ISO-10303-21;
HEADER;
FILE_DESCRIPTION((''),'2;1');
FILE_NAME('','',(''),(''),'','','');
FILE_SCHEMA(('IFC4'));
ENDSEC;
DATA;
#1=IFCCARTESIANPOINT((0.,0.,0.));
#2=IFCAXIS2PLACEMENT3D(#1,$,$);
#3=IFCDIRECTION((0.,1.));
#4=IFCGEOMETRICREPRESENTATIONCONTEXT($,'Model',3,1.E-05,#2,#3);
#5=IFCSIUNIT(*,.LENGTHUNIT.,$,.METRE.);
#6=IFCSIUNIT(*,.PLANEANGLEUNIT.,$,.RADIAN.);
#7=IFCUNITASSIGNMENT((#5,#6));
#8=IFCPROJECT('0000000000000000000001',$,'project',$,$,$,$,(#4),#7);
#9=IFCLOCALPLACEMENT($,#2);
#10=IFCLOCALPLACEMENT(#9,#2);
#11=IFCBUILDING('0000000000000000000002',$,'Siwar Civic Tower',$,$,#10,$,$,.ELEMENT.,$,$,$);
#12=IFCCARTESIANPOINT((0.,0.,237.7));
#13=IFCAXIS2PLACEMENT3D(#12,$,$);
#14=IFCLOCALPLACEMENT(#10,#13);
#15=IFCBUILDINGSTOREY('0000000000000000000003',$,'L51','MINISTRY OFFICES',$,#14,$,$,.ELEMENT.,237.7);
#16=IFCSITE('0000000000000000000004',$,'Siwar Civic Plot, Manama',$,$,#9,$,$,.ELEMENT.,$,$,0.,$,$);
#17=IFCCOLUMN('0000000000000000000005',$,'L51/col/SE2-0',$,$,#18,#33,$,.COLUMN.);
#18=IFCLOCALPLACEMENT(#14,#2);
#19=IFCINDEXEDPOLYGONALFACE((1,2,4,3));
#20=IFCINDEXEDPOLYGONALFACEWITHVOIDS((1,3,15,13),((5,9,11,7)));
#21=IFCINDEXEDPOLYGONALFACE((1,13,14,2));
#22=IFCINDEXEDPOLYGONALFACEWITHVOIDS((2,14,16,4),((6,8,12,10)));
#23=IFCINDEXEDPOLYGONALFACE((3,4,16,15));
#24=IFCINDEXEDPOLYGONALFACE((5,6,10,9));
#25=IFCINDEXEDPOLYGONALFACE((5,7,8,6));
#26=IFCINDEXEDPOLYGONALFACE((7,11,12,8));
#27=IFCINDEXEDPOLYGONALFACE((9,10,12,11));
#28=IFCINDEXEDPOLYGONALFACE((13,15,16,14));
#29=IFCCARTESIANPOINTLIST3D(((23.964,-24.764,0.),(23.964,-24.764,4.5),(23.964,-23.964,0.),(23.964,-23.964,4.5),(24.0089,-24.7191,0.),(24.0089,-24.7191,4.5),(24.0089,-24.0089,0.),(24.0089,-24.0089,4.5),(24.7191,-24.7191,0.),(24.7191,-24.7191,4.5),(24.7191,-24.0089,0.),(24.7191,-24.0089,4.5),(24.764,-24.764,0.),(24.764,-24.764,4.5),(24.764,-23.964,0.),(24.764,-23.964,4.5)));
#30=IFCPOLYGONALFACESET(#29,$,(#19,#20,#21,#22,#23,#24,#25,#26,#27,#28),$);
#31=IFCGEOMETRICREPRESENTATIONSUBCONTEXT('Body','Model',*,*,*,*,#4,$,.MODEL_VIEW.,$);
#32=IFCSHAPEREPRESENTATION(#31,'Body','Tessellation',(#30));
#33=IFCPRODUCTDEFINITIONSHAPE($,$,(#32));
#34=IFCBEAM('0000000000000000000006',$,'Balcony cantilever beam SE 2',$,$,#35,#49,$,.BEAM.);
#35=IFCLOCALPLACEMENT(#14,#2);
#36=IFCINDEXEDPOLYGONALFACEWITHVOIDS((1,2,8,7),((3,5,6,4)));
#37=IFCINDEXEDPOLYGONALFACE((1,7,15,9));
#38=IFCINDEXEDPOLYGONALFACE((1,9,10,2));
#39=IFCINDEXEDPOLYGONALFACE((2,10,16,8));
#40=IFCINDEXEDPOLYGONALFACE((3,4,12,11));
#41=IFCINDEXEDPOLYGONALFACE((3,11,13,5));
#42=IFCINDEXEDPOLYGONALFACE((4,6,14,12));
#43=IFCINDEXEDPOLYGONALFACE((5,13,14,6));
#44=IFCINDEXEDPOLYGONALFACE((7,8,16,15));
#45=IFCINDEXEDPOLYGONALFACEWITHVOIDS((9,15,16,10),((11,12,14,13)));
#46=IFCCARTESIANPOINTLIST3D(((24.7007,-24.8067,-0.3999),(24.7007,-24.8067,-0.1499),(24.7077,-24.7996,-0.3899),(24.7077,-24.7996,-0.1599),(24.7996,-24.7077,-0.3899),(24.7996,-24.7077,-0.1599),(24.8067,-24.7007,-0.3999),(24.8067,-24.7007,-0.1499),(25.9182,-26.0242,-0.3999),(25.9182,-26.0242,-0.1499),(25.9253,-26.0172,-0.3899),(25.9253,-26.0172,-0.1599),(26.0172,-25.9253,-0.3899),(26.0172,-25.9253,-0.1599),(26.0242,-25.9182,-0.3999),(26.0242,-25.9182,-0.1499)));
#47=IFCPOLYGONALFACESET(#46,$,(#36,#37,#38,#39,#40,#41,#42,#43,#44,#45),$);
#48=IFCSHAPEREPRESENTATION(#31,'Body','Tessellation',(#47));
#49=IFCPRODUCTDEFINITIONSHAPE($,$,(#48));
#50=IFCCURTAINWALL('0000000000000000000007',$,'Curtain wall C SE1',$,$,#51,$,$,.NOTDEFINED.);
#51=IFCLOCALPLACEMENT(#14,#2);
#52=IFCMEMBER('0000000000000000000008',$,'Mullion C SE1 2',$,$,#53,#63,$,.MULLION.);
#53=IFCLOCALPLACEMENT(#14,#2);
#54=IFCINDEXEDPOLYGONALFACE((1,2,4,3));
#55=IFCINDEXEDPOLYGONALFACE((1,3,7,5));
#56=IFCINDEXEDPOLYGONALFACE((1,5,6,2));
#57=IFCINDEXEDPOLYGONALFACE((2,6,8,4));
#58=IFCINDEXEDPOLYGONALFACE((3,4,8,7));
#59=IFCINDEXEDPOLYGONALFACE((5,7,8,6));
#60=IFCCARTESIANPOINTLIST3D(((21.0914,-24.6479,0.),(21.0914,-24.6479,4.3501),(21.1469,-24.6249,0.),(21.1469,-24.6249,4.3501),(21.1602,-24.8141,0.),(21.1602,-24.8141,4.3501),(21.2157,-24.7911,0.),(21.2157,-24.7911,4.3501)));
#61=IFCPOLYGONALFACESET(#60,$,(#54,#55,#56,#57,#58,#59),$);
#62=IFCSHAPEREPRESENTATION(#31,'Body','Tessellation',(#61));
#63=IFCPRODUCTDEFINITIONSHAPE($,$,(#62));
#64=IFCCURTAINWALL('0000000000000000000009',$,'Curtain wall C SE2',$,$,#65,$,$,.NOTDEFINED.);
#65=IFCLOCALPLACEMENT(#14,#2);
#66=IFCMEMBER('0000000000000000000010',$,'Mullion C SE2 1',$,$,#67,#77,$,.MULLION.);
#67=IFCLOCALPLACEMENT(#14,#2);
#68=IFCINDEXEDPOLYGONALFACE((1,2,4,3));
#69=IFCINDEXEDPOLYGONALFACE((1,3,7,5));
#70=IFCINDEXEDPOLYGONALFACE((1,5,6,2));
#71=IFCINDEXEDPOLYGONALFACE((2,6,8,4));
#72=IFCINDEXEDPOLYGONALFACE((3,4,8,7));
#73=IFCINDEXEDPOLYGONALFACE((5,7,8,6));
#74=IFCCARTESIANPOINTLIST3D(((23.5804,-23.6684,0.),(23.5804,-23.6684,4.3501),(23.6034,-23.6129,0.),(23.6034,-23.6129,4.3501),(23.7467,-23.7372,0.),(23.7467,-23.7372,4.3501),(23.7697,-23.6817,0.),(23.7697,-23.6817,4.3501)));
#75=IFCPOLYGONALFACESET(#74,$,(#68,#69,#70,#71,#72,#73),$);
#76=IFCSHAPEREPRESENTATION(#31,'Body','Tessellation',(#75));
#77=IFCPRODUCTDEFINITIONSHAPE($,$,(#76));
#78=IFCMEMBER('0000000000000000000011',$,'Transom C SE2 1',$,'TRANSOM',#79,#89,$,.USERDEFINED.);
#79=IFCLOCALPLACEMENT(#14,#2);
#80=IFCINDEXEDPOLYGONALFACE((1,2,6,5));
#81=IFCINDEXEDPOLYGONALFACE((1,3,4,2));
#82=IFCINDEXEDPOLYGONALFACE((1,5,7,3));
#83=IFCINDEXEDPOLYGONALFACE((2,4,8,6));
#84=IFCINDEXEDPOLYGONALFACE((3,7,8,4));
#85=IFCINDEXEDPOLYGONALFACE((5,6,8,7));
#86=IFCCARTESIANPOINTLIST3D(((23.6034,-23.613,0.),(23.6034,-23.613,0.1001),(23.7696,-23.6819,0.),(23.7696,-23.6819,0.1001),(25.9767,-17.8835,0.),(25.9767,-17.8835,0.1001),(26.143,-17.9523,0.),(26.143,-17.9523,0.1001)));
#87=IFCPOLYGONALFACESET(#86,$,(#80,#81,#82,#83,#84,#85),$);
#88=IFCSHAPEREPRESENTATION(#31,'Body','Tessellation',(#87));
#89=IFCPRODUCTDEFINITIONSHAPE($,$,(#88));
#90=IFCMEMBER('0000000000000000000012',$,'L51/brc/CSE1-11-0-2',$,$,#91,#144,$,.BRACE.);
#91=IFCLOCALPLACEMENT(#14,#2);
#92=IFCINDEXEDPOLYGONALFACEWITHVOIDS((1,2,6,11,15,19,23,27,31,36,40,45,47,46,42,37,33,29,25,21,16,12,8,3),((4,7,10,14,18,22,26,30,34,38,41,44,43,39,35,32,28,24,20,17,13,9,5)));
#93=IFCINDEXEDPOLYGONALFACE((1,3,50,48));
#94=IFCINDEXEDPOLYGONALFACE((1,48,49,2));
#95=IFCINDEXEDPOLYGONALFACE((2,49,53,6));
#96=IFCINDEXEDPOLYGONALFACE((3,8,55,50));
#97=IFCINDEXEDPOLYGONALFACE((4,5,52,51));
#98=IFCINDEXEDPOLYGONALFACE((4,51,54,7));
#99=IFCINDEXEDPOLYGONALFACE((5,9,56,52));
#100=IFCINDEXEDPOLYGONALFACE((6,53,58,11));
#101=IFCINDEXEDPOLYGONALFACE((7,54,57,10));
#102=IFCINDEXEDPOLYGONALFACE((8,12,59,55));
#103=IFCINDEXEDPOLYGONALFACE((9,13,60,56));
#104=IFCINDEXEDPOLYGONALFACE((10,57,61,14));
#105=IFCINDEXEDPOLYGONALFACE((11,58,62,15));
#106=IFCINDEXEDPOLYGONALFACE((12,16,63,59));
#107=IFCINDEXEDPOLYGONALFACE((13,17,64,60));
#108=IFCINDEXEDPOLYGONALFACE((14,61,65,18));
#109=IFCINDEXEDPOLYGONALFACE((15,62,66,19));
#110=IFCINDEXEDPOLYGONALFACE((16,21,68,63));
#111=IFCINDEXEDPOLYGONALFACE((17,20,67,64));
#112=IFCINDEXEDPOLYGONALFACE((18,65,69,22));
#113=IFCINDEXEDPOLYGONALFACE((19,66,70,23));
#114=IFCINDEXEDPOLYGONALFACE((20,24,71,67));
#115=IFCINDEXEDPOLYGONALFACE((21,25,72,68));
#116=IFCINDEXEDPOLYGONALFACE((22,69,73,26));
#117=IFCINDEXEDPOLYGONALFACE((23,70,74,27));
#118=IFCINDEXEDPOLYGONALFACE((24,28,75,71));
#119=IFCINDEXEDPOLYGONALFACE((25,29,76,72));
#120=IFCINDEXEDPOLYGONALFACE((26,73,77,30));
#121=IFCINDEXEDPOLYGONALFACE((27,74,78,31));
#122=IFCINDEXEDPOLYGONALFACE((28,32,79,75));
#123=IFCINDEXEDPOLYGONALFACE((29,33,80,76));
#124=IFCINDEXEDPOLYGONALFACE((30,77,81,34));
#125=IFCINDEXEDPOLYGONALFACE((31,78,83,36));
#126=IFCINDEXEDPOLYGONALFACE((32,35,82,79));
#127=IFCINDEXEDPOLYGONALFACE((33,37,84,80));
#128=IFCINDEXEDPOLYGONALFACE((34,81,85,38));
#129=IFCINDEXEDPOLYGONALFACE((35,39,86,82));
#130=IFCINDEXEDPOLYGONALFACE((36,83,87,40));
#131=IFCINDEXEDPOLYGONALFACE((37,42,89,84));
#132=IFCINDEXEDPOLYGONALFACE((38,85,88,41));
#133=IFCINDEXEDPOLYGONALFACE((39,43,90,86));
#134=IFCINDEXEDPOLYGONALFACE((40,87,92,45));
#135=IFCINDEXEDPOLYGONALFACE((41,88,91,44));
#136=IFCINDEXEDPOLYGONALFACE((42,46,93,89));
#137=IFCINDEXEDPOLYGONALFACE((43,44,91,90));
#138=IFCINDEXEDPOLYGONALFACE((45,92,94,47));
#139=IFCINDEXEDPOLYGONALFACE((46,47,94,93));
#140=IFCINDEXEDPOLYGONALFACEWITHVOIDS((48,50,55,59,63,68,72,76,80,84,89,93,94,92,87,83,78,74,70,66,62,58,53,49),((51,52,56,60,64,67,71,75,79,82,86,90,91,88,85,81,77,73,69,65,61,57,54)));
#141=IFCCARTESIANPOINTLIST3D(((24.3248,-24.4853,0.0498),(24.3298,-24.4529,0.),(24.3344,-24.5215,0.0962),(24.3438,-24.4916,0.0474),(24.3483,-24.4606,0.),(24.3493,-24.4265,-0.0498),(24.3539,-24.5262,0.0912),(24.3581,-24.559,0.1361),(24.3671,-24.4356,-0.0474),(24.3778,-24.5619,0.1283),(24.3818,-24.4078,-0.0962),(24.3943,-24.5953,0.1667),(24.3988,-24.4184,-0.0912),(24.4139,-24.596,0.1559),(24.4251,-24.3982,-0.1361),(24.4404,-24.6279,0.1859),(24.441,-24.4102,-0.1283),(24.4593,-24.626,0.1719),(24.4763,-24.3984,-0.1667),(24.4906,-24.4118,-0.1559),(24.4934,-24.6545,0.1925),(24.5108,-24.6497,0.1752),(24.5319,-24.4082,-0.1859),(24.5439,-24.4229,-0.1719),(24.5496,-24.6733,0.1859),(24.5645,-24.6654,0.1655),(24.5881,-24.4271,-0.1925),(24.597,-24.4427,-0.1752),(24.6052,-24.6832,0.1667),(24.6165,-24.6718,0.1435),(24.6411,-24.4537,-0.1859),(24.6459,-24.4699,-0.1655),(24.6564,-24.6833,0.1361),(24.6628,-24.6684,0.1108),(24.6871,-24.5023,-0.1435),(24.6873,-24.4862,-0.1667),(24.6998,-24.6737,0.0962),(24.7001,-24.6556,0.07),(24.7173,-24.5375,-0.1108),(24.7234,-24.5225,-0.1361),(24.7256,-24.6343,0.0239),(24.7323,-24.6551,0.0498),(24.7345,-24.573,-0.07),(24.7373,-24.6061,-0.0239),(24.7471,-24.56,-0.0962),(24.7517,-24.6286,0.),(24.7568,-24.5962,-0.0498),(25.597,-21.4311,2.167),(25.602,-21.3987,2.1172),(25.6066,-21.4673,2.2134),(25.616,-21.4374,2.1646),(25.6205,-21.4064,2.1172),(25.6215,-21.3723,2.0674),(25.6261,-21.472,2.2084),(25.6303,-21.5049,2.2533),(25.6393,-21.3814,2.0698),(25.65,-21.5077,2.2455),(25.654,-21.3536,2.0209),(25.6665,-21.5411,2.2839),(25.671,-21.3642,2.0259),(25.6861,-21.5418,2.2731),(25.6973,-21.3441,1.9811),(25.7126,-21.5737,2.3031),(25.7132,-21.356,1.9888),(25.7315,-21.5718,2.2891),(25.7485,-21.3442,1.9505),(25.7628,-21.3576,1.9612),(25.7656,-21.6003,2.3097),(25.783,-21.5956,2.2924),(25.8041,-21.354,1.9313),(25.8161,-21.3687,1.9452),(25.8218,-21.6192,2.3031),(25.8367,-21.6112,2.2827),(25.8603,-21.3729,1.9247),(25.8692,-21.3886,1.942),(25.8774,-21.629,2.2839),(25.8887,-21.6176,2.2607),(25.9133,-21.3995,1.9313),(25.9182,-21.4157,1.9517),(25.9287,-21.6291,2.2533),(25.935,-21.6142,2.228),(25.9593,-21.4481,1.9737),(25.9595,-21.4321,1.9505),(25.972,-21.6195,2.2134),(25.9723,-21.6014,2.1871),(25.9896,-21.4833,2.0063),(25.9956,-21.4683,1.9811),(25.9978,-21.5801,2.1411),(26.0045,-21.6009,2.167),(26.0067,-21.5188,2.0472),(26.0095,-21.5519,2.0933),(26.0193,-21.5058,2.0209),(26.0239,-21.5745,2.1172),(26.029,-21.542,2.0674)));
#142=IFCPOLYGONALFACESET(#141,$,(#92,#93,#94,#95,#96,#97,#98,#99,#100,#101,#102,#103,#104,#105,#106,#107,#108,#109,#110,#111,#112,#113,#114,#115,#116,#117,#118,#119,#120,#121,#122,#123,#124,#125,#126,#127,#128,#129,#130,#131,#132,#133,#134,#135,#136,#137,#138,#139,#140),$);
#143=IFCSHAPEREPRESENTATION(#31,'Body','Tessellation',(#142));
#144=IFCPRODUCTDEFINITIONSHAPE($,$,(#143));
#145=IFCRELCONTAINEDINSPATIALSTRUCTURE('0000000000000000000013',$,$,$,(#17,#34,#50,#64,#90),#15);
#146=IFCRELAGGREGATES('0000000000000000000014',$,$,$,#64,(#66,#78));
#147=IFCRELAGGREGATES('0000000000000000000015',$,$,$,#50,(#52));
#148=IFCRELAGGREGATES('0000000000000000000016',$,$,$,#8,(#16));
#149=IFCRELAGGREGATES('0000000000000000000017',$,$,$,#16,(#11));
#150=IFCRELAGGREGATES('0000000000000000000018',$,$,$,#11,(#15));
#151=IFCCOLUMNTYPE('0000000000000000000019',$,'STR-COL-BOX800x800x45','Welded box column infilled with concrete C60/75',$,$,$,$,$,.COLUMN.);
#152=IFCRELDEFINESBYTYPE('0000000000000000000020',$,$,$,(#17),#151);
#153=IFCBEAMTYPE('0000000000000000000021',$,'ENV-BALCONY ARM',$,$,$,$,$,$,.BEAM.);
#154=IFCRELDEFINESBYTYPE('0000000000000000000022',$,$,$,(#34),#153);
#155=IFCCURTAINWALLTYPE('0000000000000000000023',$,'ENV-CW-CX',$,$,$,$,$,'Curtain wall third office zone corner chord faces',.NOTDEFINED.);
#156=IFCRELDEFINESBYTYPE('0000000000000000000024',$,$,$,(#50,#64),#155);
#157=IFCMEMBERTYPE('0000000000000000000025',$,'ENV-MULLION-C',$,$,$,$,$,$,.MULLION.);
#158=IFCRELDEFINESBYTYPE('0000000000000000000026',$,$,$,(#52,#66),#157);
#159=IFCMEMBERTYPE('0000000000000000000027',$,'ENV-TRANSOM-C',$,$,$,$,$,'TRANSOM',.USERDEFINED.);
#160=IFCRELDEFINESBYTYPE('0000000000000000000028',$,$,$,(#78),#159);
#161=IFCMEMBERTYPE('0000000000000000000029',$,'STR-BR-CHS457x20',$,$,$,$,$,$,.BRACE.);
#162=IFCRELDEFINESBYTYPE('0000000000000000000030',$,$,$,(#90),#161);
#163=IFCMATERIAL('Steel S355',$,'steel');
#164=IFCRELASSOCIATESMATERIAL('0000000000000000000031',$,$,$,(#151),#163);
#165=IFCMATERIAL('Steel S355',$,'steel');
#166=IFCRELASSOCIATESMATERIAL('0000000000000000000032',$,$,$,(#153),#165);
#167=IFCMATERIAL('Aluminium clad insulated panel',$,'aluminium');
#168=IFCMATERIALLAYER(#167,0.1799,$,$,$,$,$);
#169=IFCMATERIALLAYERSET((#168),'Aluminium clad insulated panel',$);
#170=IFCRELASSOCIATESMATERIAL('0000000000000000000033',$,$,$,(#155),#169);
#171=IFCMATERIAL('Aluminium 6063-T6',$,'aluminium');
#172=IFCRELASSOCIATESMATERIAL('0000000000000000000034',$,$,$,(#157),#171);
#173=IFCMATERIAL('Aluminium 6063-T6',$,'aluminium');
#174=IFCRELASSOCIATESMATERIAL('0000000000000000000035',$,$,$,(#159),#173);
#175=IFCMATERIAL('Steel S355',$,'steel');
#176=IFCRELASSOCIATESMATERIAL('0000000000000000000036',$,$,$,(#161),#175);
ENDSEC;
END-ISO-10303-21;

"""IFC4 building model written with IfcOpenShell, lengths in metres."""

from ifc_helpers import new_model, si_unit, direction, frame, origin, origin_2d, place, context, subcontext, project, spatial, rectangle, hollow_rectangle, hollow_circle, extrude, material, layer, layer_set, material_profile, profile_set, type_object, element, aggregate, save


model = new_model("IFC4")

# Units and contexts
model_context = context("Model", 3, precision=1e-05, world=origin(), true_north=direction((0.0, 1.0)))
body_context = subcontext(model_context, "Body", "Model", "MODEL_VIEW")
ifc_project = project(units=[si_unit("LENGTHUNIT", "METRE"), si_unit("PLANEANGLEUNIT", "RADIAN")], contexts=[model_context])

# Site, building, storey
site_placement = place(None, origin())
site = spatial("IfcSite", under=ifc_project, at=site_placement, Name="Siwar Civic Plot, Manama", CompositionType="ELEMENT", RefElevation=0.0)
building_placement = place(site_placement, origin())
building = spatial("IfcBuilding", under=site, at=building_placement, Name="Siwar Civic Tower", CompositionType="ELEMENT")
storey_placement = place(building_placement, frame((0.0, 0.0, 237.7)))
storey = spatial("IfcBuildingStorey", under=building, at=storey_placement, Name="L51", Description="MINISTRY OFFICES", CompositionType="ELEMENT", Elevation=237.7)

# Column
ifc_material_1 = material(Name="Steel S355", Category="steel")
ifc_material_profile_1 = material_profile(ifc_material_1, hollow_rectangle(XDim=0.8, YDim=0.8, WallThickness=0.0449, at=origin_2d()), Name="BOX800x800x45")
ifc_profile_set_1 = profile_set([ifc_material_profile_1], Name="Steel S355")
column_type = type_object("IfcColumnType", Name="STR-COL-BOX800x800x45", Description="Welded box column infilled with concrete C60/75", PredefinedType="COLUMN", material=ifc_profile_set_1)
column_placement = place(storey_placement, frame((24.364, -24.364, 0.0), z_axis=(0.0, 0.0, 1.0), x_axis=(1.0, 0.0, 0.0)))
element("IfcColumn", 1, at=column_placement, inside=storey, type_object=column_type, Name="L51/col/SE2-0", PredefinedType="COLUMN", context=body_context, shape_type="SweptSolid", body=[
    extrude(hollow_rectangle(XDim=0.8, YDim=0.8, WallThickness=0.0449, at=origin_2d()), origin(), (0.0, 0.0, 1.0), 4.5),
])

# Beam
ifc_material_2 = material(Name="Steel S355", Category="steel")
ifc_material_profile_2 = material_profile(ifc_material_2, hollow_rectangle(XDim=0.1499, YDim=0.25, WallThickness=0.01, at=origin_2d()), Name="RHS250x150x10")
ifc_profile_set_2 = profile_set([ifc_material_profile_2], Name="Steel S355")
beam_type_1 = type_object("IfcBeamType", Name="ENV-BALCONY ARM", PredefinedType="BEAM", material=ifc_profile_set_2)
beam_1_placement = place(storey_placement, frame((24.7537, -24.7537, -0.2749), z_axis=(0.707107, -0.707107, 0.0), x_axis=(0.707107, 0.707107, 0.0)))
element("IfcBeam", 2, at=beam_1_placement, inside=storey, type_object=beam_type_1, Name="Balcony cantilever beam SE 2", PredefinedType="BEAM", context=body_context, shape_type="SweptSolid", body=[
    extrude(hollow_rectangle(XDim=0.1499, YDim=0.25, WallThickness=0.01, at=origin_2d()), origin(), (0.0, 0.0, 1.0), 1.7219),
])

# Curtain wall, member
ifc_material_3 = material(Name="Aluminium clad insulated panel", Category="aluminium")
ifc_layer_1 = layer(ifc_material_3, 0.1799)
ifc_layer_set_1 = layer_set([ifc_layer_1], Name="Aluminium clad insulated panel")
curtain_wall_type = type_object("IfcCurtainWallType", Name="ENV-CW-CX", ElementType="Curtain wall third office zone corner chord faces", PredefinedType="NOTDEFINED", material=ifc_layer_set_1)
curtain_wall_1_placement = place(storey_placement, origin())
curtain_wall_1 = element("IfcCurtainWall", 3, at=curtain_wall_1_placement, inside=storey, type_object=curtain_wall_type, Name="Curtain wall C SE1", PredefinedType="NOTDEFINED")
ifc_material_4 = material(Name="Aluminium 6063-T6", Category="aluminium")
ifc_material_profile_3 = material_profile(ifc_material_4, rectangle(XDim=0.1799, YDim=0.0601, at=origin_2d()), Name="AL 180x60")
ifc_profile_set_3 = profile_set([ifc_material_profile_3], Name="Aluminium 6063-T6")
member_type_1 = type_object("IfcMemberType", Name="ENV-MULLION-C", PredefinedType="MULLION", material=ifc_profile_set_3)
member_1_placement = place(storey_placement, frame((21.1536, -24.7195, 0.0), z_axis=(0.0, 0.0, 1.0), x_axis=(-0.382683, 0.92388, 0.0)))
member_1 = element("IfcMember", 4, at=member_1_placement, type_object=member_type_1, Name="Mullion C SE1 2", PredefinedType="MULLION", context=body_context, shape_type="SweptSolid", body=[
    extrude(rectangle(XDim=0.1799, YDim=0.0601, at=origin_2d()), origin(), (0.0, 0.0, 1.0), 4.3501),
])

# Curtain wall, members
curtain_wall_2_placement = place(storey_placement, origin())
curtain_wall_2 = element("IfcCurtainWall", 5, at=curtain_wall_2_placement, inside=storey, type_object=curtain_wall_type, Name="Curtain wall C SE2", PredefinedType="NOTDEFINED")
member_2_placement = place(storey_placement, frame((23.675, -23.675, 0.0), z_axis=(0.0, 0.0, 1.0), x_axis=(-0.92388, 0.382683, 0.0)))
member_2 = element("IfcMember", 6, at=member_2_placement, type_object=member_type_1, Name="Mullion C SE2 1", PredefinedType="MULLION", context=body_context, shape_type="SweptSolid", body=[
    extrude(rectangle(XDim=0.1799, YDim=0.0601, at=origin_2d()), origin(), (0.0, 0.0, 1.0), 4.3501),
])
ifc_material_5 = material(Name="Aluminium 6063-T6", Category="aluminium")
ifc_material_profile_4 = material_profile(ifc_material_5, rectangle(XDim=0.1799, YDim=0.1001, at=origin_2d()), Name="AL 180x100")
ifc_profile_set_4 = profile_set([ifc_material_profile_4], Name="Aluminium 6063-T6")
member_type_2 = type_object("IfcMemberType", Name="ENV-TRANSOM-C", ElementType="TRANSOM", PredefinedType="USERDEFINED", material=ifc_profile_set_4)
member_3_placement = place(storey_placement, frame((23.6865, -23.6475, 0.05), z_axis=(0.382691, 0.923876, 0.0), x_axis=(-0.923876, 0.382691, 0.0)))
member_3 = element("IfcMember", 7, at=member_3_placement, type_object=member_type_2, Name="Transom C SE2 1", ObjectType="TRANSOM", PredefinedType="USERDEFINED", context=body_context, shape_type="SweptSolid", body=[
    extrude(rectangle(XDim=0.1799, YDim=0.1001, at=origin_2d()), origin(), (0.0, 0.0, 1.0), 6.2017),
])
aggregate(curtain_wall_2, [member_2, member_3])

# Member
ifc_material_6 = material(Name="Steel S355", Category="steel")
ifc_material_profile_5 = material_profile(ifc_material_6, hollow_circle(Radius=0.2285, WallThickness=0.02, at=origin_2d()), Name="CHS457x20")
ifc_profile_set_5 = profile_set([ifc_material_profile_5], Name="Steel S355")
member_type_3 = type_object("IfcMemberType", Name="STR-BR-CHS457x20", PredefinedType="BRACE", material=ifc_profile_set_5)
for number, where, z_axis, x_axis, name in (
    (8, (24.5408, -24.5408, 0.0), (0.323884, 0.777546, 0.538999), (-0.923116, 0.384521, 0.0), "L51/brc/CSE1-11-0-2"),
):
    element("IfcMember", number, at=place(storey_placement, frame(where, z_axis=z_axis, x_axis=x_axis)), inside=storey, type_object=member_type_3, Name=name, PredefinedType="BRACE", context=body_context, shape_type="SweptSolid", body=[
        extrude(hollow_circle(Radius=0.2285, WallThickness=0.02, at=origin_2d()), origin(), (0.0, 0.0, 1.0), 3.928),
    ])

aggregate(curtain_wall_1, [member_1])

save(model, "model.ifc")
